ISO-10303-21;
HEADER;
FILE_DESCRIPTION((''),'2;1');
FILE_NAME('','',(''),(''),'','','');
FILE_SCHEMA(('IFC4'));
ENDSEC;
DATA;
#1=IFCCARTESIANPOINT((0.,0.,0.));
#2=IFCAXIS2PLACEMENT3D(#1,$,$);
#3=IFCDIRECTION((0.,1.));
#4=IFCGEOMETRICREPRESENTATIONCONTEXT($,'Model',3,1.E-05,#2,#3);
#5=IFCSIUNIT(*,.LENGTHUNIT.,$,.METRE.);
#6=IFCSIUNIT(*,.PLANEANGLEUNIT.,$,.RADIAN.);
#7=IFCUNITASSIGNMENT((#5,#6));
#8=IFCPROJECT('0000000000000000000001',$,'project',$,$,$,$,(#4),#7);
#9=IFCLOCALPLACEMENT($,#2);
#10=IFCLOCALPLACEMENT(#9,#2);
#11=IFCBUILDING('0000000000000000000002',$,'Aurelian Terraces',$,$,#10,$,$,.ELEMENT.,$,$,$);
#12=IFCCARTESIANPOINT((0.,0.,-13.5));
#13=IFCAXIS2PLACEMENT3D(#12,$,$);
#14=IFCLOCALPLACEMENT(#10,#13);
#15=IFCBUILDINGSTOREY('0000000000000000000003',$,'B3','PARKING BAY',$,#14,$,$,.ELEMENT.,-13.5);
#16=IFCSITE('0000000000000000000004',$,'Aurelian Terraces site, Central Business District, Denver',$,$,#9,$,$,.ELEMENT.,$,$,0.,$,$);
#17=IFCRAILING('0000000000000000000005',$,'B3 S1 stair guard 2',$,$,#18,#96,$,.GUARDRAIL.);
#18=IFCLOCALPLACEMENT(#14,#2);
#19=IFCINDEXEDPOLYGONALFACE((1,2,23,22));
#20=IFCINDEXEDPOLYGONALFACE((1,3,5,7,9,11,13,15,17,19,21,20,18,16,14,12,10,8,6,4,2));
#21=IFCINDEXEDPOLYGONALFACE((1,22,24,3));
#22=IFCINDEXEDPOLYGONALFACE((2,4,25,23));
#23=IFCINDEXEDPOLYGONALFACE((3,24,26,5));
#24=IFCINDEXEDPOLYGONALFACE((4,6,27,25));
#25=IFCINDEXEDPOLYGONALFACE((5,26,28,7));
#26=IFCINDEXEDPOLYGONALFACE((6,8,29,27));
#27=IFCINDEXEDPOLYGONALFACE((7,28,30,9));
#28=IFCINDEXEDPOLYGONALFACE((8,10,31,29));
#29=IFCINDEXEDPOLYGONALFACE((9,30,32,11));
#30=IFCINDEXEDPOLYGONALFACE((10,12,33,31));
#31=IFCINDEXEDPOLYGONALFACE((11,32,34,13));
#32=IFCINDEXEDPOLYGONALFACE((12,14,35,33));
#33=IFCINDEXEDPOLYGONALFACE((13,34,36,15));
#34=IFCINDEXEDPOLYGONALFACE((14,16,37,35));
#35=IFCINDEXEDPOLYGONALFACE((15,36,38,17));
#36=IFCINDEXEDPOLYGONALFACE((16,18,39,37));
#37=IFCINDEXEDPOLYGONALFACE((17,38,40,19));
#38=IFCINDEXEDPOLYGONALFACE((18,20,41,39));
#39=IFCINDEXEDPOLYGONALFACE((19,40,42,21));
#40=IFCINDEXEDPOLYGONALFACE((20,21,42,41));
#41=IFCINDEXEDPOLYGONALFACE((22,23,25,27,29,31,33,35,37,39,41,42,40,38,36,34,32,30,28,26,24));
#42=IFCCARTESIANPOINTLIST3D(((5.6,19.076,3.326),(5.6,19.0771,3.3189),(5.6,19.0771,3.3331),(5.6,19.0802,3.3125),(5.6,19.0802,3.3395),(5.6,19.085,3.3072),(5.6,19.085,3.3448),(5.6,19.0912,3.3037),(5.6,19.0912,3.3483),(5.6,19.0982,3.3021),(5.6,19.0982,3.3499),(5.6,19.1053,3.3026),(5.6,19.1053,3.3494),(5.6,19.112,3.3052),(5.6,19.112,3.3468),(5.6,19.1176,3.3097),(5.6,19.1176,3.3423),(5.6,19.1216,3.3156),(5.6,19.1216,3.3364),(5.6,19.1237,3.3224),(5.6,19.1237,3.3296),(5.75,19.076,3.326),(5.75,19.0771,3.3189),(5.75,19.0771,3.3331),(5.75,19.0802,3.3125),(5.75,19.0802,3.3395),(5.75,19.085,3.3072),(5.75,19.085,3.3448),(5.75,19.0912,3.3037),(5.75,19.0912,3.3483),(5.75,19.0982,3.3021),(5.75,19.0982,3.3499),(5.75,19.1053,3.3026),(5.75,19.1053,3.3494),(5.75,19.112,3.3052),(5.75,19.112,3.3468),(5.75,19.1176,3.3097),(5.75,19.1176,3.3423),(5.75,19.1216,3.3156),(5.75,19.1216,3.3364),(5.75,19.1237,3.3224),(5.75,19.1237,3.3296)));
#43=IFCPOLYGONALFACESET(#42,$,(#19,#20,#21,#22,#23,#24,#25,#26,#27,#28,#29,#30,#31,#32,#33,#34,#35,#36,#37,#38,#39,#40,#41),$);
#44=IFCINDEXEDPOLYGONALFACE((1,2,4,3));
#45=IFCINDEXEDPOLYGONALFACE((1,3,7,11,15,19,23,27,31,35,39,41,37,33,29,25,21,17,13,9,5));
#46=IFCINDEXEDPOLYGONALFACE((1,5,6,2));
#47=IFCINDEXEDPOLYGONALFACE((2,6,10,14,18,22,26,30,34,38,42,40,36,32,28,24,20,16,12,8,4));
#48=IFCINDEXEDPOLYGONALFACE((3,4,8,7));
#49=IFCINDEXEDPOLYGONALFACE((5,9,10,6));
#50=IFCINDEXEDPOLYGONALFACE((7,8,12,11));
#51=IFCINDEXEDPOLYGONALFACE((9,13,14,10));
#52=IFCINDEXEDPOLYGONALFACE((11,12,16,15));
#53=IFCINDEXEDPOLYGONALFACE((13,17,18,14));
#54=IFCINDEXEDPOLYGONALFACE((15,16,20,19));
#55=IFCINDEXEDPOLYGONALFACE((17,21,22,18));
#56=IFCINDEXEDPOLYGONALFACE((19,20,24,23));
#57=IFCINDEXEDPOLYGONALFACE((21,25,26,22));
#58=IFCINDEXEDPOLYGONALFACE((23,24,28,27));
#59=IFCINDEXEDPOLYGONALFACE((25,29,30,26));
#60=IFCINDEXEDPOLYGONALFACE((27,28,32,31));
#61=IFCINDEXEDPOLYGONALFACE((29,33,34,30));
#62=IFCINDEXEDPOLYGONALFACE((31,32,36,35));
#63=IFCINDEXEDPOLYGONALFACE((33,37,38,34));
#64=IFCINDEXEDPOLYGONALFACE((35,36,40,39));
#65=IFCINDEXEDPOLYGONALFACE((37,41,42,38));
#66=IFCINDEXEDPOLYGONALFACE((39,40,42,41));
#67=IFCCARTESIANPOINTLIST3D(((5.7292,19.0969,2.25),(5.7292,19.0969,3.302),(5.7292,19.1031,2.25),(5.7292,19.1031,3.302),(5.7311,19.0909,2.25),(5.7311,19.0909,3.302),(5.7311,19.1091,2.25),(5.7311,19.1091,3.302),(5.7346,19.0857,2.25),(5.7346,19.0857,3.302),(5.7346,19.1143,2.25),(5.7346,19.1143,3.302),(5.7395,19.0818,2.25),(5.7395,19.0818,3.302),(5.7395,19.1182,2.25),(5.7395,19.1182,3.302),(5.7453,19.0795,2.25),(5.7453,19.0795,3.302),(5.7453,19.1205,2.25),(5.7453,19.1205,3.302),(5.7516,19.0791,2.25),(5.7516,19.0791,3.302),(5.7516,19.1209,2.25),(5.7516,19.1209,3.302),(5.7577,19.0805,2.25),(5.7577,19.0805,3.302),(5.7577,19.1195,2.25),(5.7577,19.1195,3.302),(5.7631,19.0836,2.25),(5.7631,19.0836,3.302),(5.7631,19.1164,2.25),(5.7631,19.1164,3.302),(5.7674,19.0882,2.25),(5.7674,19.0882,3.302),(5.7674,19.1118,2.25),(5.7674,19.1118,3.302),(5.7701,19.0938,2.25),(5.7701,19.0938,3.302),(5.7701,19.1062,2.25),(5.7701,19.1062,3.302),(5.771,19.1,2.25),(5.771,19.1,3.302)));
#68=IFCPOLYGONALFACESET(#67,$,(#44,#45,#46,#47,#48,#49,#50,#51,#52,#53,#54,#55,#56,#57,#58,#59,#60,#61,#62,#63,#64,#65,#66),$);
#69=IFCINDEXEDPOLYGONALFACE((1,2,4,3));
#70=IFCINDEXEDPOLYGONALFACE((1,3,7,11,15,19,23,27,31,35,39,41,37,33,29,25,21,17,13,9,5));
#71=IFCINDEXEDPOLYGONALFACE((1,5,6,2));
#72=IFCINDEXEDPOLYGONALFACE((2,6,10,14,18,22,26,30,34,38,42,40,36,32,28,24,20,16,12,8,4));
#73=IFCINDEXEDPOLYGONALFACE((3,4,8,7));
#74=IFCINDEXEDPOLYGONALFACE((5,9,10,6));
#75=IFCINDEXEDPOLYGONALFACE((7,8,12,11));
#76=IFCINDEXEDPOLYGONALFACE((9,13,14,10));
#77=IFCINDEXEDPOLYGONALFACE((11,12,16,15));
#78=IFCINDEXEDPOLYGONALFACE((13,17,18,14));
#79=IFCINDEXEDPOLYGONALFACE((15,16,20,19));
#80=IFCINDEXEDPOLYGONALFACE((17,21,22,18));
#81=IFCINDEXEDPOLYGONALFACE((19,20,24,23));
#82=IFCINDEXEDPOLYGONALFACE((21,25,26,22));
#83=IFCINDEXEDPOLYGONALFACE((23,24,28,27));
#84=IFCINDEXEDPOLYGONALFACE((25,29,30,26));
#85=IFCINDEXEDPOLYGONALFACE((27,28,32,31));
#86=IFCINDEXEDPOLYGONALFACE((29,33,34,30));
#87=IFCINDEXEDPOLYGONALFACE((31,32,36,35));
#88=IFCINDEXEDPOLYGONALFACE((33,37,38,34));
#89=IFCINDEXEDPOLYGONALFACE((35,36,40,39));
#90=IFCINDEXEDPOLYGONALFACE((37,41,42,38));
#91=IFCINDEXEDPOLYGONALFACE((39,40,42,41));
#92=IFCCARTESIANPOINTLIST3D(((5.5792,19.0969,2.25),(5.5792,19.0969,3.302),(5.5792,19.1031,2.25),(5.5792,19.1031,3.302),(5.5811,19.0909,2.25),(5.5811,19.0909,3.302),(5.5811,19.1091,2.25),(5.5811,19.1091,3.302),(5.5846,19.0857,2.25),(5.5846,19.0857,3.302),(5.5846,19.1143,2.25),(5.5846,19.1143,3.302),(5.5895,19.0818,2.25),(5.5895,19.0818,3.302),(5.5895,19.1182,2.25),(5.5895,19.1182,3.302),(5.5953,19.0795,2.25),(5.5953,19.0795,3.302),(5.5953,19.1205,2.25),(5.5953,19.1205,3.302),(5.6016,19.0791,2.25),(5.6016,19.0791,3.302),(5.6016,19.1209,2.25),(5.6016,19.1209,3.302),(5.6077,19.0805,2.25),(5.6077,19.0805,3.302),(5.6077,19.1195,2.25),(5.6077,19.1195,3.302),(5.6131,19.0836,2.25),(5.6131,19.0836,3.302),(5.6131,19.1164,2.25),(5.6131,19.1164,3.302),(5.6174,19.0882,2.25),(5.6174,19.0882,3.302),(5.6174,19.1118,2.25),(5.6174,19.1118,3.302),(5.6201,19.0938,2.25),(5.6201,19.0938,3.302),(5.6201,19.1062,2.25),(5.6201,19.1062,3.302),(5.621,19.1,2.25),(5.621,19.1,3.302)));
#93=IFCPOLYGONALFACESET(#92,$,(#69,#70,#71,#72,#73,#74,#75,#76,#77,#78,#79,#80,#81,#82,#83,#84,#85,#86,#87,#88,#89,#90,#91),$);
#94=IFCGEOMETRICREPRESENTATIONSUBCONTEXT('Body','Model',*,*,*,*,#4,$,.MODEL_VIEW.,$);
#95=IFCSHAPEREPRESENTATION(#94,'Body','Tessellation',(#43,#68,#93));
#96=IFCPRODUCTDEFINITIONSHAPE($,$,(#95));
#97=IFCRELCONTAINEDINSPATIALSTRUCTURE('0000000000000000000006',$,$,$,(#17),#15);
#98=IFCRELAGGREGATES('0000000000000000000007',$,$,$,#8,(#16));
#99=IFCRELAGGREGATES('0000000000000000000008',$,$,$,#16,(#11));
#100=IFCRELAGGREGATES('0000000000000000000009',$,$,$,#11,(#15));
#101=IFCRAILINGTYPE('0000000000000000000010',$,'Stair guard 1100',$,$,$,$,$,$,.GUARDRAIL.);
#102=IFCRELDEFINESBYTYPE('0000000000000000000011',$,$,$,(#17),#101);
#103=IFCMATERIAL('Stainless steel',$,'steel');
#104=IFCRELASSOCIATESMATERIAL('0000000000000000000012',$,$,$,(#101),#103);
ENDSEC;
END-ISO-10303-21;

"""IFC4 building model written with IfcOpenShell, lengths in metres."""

from ifc_helpers import new_model, si_unit, direction, frame, origin, origin_2d, place, context, subcontext, project, spatial, circle, extrude, material, type_object, element, save


model = new_model("IFC4")

# Units and contexts
model_context = context("Model", 3, precision=1e-05, world=origin(), true_north=direction((0.0, 1.0)))
body_context = subcontext(model_context, "Body", "Model", "MODEL_VIEW")
ifc_project = project(units=[si_unit("LENGTHUNIT", "METRE"), si_unit("PLANEANGLEUNIT", "RADIAN")], contexts=[model_context])

# Site, building, storey
site_placement = place(None, origin())
site = spatial("IfcSite", under=ifc_project, at=site_placement, Name="Aurelian Terraces site, Central Business District, Denver", CompositionType="ELEMENT", RefElevation=0.0)
building_placement = place(site_placement, origin())
building = spatial("IfcBuilding", under=site, at=building_placement, Name="Aurelian Terraces", CompositionType="ELEMENT")
storey_placement = place(building_placement, frame((0.0, 0.0, -13.5)))
storey = spatial("IfcBuildingStorey", under=building, at=storey_placement, Name="B3", Description="PARKING BAY", CompositionType="ELEMENT", Elevation=-13.5)

# Railing
ifc_material_1 = material(Name="Stainless steel", Category="steel")
railing_type_1 = type_object("IfcRailingType", Name="Stair guard 1100", PredefinedType="GUARDRAIL", material=ifc_material_1)
railing_1_placement = place(storey_placement, frame((5.75, 19.1, 2.25)))
element("IfcRailing", 1, at=railing_1_placement, inside=storey, type_object=railing_type_1, Name="B3 S1 stair guard 2", PredefinedType="GUARDRAIL", context=body_context, shape_type="SweptSolid", body=[
    extrude(circle(Radius=0.024, at=origin_2d()), frame((0.0, 0.0, 1.076), z_axis=(-1.0, 0.0, 0.0), x_axis=(0.0, -1.0, 0.0)), (0.0, 0.0, 1.0), 0.15),
    extrude(circle(Radius=0.021, at=origin_2d()), origin(), (0.0, 0.0, 1.0), 1.052),
    extrude(circle(Radius=0.021, at=origin_2d()), frame((-0.15, 0.0, 0.0)), (0.0, 0.0, 1.0), 1.052),
])

save(model, "model.ifc")
